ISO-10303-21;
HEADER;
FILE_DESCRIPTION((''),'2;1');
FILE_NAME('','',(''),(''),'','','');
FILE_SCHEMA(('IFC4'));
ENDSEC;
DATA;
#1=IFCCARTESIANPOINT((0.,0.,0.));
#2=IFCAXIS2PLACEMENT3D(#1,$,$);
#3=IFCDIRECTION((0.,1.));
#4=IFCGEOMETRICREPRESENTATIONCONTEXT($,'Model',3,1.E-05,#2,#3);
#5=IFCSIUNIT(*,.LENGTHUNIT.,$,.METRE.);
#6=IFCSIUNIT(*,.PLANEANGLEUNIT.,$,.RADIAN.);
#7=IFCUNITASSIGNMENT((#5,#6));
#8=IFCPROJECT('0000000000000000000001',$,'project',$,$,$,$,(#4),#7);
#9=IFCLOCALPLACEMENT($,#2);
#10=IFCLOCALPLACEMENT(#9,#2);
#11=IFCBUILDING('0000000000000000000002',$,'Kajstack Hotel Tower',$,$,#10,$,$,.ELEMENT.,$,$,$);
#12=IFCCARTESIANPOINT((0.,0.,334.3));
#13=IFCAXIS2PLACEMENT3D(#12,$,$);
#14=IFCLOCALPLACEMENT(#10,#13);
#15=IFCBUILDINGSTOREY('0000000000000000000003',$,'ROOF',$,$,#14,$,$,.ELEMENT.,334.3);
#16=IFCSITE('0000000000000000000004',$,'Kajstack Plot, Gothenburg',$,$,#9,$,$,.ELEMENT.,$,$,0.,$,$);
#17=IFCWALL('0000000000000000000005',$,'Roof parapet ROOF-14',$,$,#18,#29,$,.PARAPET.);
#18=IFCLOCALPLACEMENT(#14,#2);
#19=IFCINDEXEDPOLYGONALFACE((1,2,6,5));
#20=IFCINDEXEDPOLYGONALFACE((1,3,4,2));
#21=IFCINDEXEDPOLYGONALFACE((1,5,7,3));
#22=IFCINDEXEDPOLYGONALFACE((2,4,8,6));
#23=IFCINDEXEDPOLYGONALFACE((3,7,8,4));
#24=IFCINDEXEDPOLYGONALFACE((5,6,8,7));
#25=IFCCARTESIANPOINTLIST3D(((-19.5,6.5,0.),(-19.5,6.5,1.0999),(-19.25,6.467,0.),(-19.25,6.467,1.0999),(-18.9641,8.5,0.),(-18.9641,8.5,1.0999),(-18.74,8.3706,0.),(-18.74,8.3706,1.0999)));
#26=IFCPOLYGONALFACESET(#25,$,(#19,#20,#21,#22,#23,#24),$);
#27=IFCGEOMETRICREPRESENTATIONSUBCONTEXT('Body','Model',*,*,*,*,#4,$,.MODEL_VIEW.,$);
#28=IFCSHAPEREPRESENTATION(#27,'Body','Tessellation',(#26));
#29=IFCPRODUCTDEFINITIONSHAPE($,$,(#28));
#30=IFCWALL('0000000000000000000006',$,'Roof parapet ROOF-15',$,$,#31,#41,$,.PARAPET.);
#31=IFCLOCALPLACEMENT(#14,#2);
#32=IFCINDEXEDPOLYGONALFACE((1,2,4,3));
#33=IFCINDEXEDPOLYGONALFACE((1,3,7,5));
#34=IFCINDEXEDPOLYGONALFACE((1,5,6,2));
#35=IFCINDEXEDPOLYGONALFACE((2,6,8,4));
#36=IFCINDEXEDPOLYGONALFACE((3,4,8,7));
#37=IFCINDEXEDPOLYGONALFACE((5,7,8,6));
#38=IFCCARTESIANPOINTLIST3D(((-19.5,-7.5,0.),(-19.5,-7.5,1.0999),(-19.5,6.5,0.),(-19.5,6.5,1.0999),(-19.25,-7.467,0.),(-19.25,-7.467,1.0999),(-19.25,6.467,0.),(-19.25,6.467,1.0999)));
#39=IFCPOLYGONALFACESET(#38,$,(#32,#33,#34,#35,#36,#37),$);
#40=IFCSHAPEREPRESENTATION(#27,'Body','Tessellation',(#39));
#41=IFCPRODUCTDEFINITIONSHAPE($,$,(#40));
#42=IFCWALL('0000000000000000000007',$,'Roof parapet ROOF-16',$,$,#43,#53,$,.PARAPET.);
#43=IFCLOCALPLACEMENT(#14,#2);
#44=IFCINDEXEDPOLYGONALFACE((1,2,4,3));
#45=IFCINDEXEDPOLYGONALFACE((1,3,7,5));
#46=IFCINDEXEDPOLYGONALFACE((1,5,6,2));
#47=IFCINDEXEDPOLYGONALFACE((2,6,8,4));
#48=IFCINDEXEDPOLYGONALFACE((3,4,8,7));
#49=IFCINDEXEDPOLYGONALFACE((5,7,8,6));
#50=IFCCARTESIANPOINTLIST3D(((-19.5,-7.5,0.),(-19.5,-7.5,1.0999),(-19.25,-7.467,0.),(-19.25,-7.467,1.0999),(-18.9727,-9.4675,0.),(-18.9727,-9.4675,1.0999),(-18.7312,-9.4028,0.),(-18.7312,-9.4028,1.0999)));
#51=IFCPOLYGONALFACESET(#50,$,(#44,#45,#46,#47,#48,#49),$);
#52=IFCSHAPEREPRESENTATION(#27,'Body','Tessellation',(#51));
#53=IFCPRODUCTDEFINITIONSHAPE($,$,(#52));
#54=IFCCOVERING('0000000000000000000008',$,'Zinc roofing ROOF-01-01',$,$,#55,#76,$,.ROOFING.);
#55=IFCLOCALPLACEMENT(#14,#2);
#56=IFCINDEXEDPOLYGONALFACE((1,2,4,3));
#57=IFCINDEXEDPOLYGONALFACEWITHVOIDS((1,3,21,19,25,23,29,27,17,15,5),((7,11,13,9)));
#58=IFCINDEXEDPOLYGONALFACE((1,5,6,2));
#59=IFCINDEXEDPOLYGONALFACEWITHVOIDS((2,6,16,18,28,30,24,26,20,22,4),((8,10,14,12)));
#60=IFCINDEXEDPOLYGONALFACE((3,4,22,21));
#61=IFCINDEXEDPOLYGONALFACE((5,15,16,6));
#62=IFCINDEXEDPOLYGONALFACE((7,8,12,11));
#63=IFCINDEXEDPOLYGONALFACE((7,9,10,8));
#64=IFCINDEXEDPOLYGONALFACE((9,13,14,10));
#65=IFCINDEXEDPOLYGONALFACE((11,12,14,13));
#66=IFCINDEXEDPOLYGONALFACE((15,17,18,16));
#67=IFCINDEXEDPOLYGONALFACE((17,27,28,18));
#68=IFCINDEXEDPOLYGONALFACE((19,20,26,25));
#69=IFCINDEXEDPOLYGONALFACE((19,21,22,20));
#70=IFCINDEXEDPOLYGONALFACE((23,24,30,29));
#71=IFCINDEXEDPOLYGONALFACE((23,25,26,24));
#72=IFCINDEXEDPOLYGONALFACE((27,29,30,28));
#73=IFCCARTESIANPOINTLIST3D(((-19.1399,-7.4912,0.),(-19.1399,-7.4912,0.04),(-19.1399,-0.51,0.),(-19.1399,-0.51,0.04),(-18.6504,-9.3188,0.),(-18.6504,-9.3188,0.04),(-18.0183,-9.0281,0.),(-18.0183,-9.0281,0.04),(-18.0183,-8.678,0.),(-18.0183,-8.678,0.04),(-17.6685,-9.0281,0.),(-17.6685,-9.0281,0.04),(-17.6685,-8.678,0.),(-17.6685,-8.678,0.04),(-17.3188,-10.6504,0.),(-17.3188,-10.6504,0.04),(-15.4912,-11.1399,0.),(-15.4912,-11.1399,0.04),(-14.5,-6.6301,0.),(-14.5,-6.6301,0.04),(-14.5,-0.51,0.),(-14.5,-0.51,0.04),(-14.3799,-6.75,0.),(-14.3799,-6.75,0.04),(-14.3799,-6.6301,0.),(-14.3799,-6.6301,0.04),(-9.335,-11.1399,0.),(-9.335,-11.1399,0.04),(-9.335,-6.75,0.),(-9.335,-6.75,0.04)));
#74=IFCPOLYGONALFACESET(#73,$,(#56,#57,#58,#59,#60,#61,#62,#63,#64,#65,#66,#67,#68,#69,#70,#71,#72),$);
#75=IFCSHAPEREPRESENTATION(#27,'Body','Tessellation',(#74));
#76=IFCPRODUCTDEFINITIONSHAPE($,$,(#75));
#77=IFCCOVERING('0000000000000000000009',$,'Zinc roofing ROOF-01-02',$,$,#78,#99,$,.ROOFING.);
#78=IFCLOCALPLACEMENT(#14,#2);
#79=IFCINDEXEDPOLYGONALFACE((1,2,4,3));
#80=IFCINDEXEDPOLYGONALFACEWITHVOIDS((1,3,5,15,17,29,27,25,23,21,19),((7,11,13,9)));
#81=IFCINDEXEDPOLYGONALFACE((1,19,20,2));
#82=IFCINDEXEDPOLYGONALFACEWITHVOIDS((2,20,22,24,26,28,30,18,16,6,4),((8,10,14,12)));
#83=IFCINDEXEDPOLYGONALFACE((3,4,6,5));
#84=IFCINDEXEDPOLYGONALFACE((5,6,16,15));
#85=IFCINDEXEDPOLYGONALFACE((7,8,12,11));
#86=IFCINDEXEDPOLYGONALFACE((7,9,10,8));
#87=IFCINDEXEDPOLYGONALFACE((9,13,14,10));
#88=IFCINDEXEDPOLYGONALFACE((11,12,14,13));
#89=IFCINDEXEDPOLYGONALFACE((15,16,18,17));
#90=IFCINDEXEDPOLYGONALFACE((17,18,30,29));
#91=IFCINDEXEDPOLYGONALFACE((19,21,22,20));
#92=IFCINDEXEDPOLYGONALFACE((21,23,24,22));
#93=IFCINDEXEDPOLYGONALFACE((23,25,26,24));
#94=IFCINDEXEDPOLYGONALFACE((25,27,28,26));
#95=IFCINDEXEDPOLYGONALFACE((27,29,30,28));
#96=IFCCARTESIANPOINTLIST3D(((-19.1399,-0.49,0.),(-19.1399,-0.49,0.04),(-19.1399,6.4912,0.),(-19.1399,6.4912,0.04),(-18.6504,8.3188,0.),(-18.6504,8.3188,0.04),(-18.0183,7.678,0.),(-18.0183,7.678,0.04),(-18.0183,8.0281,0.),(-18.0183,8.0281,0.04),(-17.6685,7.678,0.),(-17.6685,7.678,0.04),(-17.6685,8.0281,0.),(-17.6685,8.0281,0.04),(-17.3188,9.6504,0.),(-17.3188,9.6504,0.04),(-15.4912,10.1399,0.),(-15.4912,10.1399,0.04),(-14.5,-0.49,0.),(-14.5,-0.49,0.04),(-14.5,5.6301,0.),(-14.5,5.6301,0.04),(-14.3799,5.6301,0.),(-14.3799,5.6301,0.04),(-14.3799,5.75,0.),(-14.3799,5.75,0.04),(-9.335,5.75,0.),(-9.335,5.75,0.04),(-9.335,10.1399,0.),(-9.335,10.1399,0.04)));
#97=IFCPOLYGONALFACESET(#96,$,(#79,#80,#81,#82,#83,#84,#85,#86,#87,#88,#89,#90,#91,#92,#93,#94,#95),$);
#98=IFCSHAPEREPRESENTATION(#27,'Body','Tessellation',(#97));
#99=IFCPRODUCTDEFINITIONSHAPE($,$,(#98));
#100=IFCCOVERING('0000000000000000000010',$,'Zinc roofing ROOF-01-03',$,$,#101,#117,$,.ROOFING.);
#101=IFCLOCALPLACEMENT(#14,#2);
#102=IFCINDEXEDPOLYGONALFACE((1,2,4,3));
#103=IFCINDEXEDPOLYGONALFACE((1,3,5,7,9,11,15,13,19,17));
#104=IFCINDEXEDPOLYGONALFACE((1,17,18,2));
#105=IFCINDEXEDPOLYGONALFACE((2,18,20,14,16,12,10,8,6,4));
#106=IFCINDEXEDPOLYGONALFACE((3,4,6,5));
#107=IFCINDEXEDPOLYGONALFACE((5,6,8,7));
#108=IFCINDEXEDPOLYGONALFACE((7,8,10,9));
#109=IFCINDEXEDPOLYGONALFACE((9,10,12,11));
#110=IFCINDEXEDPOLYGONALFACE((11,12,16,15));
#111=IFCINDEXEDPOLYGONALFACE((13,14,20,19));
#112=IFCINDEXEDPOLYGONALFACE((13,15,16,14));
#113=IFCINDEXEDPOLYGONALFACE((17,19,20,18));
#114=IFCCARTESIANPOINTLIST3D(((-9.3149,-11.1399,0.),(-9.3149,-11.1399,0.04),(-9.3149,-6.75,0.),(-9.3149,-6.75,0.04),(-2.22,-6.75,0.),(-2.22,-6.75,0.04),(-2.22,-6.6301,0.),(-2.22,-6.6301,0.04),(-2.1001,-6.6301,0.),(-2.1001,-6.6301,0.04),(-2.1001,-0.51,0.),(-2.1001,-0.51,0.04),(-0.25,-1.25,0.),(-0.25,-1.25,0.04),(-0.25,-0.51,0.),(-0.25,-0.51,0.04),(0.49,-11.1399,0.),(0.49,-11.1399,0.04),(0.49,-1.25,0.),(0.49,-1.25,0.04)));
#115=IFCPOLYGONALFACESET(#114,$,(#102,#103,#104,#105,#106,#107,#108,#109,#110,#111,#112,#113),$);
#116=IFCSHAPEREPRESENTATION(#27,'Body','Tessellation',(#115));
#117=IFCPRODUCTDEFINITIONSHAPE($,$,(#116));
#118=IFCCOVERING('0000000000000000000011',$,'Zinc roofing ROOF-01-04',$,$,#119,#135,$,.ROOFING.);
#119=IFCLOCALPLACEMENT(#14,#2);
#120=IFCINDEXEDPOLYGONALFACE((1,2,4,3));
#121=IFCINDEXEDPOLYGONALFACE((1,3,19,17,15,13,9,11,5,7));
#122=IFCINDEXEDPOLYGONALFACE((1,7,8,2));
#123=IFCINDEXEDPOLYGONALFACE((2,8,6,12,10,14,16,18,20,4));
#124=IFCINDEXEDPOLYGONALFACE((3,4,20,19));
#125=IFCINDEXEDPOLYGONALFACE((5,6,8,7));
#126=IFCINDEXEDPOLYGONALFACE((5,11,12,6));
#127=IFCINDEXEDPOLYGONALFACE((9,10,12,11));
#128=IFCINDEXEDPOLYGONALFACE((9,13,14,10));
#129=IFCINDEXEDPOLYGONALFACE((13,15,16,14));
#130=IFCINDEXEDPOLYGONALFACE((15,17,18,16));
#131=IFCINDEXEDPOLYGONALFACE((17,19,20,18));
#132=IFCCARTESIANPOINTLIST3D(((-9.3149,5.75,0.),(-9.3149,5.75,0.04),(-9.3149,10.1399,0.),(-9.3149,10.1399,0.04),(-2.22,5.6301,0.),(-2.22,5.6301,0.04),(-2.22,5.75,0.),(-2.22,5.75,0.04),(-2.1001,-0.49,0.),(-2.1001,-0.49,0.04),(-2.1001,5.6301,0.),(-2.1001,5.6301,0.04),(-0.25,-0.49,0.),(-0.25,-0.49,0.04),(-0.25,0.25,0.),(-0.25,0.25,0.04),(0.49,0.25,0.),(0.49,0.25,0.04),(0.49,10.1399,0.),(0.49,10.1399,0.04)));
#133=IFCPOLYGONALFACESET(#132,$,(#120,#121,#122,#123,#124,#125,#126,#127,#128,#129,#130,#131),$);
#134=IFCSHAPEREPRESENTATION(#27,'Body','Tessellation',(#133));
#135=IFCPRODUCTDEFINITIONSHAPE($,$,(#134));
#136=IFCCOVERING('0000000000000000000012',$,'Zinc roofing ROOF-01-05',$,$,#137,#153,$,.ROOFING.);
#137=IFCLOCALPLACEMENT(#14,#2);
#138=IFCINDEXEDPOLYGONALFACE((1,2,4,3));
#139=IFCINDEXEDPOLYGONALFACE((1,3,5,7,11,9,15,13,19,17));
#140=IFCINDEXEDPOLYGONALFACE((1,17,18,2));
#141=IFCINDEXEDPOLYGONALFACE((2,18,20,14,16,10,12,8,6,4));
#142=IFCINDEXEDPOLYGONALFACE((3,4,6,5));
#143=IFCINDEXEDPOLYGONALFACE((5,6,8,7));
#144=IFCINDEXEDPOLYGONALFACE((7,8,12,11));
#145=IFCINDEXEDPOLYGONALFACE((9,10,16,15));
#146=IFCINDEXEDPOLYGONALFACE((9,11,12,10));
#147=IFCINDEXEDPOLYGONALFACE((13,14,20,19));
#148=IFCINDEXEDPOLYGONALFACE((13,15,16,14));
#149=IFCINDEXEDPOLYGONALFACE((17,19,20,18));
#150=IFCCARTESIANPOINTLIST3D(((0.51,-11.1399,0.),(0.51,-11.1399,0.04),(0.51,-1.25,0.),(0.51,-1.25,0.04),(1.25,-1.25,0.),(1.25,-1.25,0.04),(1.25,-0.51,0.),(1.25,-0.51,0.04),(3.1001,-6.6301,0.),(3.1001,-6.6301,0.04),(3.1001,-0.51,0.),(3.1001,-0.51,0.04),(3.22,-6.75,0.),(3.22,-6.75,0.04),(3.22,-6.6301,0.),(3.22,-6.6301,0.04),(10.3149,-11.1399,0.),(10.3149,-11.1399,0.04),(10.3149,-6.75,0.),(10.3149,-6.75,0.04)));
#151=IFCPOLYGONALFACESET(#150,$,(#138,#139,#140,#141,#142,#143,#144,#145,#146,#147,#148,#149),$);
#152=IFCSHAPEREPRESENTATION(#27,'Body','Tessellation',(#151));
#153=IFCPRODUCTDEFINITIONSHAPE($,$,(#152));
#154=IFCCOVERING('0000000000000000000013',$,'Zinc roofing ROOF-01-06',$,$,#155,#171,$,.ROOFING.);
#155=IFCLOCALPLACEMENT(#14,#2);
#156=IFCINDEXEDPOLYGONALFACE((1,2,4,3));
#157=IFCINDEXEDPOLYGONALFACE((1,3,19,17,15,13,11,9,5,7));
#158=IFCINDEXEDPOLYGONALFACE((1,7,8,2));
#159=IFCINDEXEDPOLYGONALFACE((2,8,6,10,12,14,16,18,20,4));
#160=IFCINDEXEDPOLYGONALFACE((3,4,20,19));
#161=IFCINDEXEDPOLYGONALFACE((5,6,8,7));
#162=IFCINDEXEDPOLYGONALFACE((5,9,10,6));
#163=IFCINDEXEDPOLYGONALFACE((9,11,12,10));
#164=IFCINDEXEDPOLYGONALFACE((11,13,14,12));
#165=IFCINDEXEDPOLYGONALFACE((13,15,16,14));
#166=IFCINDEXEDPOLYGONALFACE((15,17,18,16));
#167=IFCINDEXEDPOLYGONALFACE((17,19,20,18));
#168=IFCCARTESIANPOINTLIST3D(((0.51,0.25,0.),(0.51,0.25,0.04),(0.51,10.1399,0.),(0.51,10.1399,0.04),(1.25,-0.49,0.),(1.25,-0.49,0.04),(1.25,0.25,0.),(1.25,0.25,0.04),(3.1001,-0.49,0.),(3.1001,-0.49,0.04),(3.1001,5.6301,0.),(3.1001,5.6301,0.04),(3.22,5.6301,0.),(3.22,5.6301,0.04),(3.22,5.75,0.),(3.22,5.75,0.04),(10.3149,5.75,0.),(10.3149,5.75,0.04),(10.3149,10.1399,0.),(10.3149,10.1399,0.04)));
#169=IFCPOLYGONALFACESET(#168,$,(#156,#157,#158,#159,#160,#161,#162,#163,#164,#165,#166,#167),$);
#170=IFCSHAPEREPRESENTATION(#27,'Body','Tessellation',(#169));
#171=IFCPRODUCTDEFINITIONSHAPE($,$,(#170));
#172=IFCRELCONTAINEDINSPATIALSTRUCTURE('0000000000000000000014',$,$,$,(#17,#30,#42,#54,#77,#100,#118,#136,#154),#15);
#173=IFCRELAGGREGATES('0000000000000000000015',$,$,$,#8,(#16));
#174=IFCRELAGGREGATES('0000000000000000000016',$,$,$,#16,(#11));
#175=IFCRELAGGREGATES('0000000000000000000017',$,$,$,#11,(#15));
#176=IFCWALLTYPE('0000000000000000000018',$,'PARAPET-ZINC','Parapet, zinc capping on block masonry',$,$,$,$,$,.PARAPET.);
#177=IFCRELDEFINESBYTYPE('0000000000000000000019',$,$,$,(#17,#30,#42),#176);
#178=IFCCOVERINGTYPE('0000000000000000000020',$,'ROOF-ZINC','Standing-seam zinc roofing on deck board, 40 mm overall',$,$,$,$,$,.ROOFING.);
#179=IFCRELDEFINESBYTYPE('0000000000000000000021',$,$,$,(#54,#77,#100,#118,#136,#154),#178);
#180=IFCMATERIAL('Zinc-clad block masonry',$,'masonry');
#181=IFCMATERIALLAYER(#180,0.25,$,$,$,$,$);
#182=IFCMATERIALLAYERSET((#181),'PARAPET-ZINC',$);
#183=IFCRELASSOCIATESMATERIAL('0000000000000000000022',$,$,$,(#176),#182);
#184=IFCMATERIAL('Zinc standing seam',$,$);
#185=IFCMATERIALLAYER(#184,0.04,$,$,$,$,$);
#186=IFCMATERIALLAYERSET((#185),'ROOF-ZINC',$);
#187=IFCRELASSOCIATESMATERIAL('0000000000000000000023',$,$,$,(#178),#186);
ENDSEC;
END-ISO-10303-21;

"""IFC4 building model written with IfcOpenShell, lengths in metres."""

from ifc_helpers import new_model, si_unit, direction, frame, origin, place, context, subcontext, project, spatial, polyline, outline, extrude, material, layer, layer_set, type_object, element, save


model = new_model("IFC4")

# Units and contexts
model_context = context("Model", 3, precision=1e-05, world=origin(), true_north=direction((0.0, 1.0)))
body_context = subcontext(model_context, "Body", "Model", "MODEL_VIEW")
ifc_project = project(units=[si_unit("LENGTHUNIT", "METRE"), si_unit("PLANEANGLEUNIT", "RADIAN")], contexts=[model_context])

# Site, building, storey
site_placement = place(None, origin())
site = spatial("IfcSite", under=ifc_project, at=site_placement, Name="Kajstack Plot, Gothenburg", CompositionType="ELEMENT", RefElevation=0.0)
building_placement = place(site_placement, origin())
building = spatial("IfcBuilding", under=site, at=building_placement, Name="Kajstack Hotel Tower", CompositionType="ELEMENT")
storey_placement = place(building_placement, frame((0.0, 0.0, 334.3)))
storey = spatial("IfcBuildingStorey", under=building, at=storey_placement, Name="ROOF", CompositionType="ELEMENT", Elevation=334.3)

# Walls
ifc_material_1 = material(Name="Zinc-clad block masonry", Category="masonry")
ifc_layer_1 = layer(ifc_material_1, 0.25)
ifc_layer_set_1 = layer_set([ifc_layer_1], Name="PARAPET-ZINC")
wall_type = type_object("IfcWallType", Name="PARAPET-ZINC", Description="Parapet, zinc capping on block masonry", PredefinedType="PARAPET", material=ifc_layer_set_1)
wall_1_placement = place(storey_placement, origin())
element("IfcWall", 1, at=wall_1_placement, inside=storey, type_object=wall_type, Name="Roof parapet ROOF-14", PredefinedType="PARAPET", context=body_context, shape_type="SweptSolid", body=[
    extrude(outline(polyline([(-18.74, 8.3706), (-19.25, 6.467), (-19.5, 6.5), (-18.9641, 8.5), (-18.74, 8.3706)])), origin(), (0.0, 0.0, 1.0), 1.0999),
])
wall_2_placement = place(storey_placement, origin())
element("IfcWall", 2, at=wall_2_placement, inside=storey, type_object=wall_type, Name="Roof parapet ROOF-15", PredefinedType="PARAPET", context=body_context, shape_type="SweptSolid", body=[
    extrude(outline(polyline([(-19.25, 6.467), (-19.25, -7.467), (-19.5, -7.5), (-19.5, 6.5), (-19.25, 6.467)])), origin(), (0.0, 0.0, 1.0), 1.0999),
])
wall_3_placement = place(storey_placement, origin())
element("IfcWall", 3, at=wall_3_placement, inside=storey, type_object=wall_type, Name="Roof parapet ROOF-16", PredefinedType="PARAPET", context=body_context, shape_type="SweptSolid", body=[
    extrude(outline(polyline([(-19.25, -7.467), (-18.7312, -9.4028), (-18.9727, -9.4675), (-19.5, -7.5), (-19.25, -7.467)])), origin(), (0.0, 0.0, 1.0), 1.0999),
])

# Coverings
ifc_material_2 = material(Name="Zinc standing seam")
ifc_layer_2 = layer(ifc_material_2, 0.04)
ifc_layer_set_2 = layer_set([ifc_layer_2], Name="ROOF-ZINC")
covering_type = type_object("IfcCoveringType", Name="ROOF-ZINC", Description="Standing-seam zinc roofing on deck board, 40 mm overall", PredefinedType="ROOFING", material=ifc_layer_set_2)
covering_1_placement = place(storey_placement, origin())
element("IfcCovering", 4, at=covering_1_placement, inside=storey, type_object=covering_type, Name="Zinc roofing ROOF-01-01", PredefinedType="ROOFING", context=body_context, shape_type="SweptSolid", body=[
    extrude(outline(polyline([(-15.4912, -11.1399), (-9.335, -11.1399), (-9.335, -6.75), (-14.3799, -6.75), (-14.3799, -6.6301), (-14.5, -6.6301), (-14.5, -0.51), (-19.1399, -0.51), (-19.1399, -7.4912), (-18.6504, -9.3188), (-17.3188, -10.6504), (-15.4912, -11.1399)]), holes=[polyline([(-18.0183, -9.0281), (-18.0183, -8.678), (-17.6685, -8.678), (-17.6685, -9.0281), (-18.0183, -9.0281)])]), origin(), (0.0, 0.0, 1.0), 0.04),
])
covering_2_placement = place(storey_placement, origin())
element("IfcCovering", 5, at=covering_2_placement, inside=storey, type_object=covering_type, Name="Zinc roofing ROOF-01-02", PredefinedType="ROOFING", context=body_context, shape_type="SweptSolid", body=[
    extrude(outline(polyline([(-19.1399, 6.4912), (-19.1399, -0.49), (-14.5, -0.49), (-14.5, 5.6301), (-14.3799, 5.6301), (-14.3799, 5.75), (-9.335, 5.75), (-9.335, 10.1399), (-15.4912, 10.1399), (-17.3188, 9.6504), (-18.6504, 8.3188), (-19.1399, 6.4912)]), holes=[polyline([(-18.0183, 7.678), (-18.0183, 8.0281), (-17.6685, 8.0281), (-17.6685, 7.678), (-18.0183, 7.678)])]), origin(), (0.0, 0.0, 1.0), 0.04),
])
covering_3_placement = place(storey_placement, origin())
element("IfcCovering", 6, at=covering_3_placement, inside=storey, type_object=covering_type, Name="Zinc roofing ROOF-01-03", PredefinedType="ROOFING", context=body_context, shape_type="SweptSolid", body=[
    extrude(outline(polyline([(-0.25, -1.25), (-0.25, -0.51), (-2.1001, -0.51), (-2.1001, -6.6301), (-2.22, -6.6301), (-2.22, -6.75), (-9.3149, -6.75), (-9.3149, -11.1399), (0.49, -11.1399), (0.49, -1.25), (-0.25, -1.25)])), origin(), (0.0, 0.0, 1.0), 0.04),
])
covering_4_placement = place(storey_placement, origin())
element("IfcCovering", 7, at=covering_4_placement, inside=storey, type_object=covering_type, Name="Zinc roofing ROOF-01-04", PredefinedType="ROOFING", context=body_context, shape_type="SweptSolid", body=[
    extrude(outline(polyline([(0.49, 0.25), (0.49, 10.1399), (-9.3149, 10.1399), (-9.3149, 5.75), (-2.22, 5.75), (-2.22, 5.6301), (-2.1001, 5.6301), (-2.1001, -0.49), (-0.25, -0.49), (-0.25, 0.25), (0.49, 0.25)])), origin(), (0.0, 0.0, 1.0), 0.04),
])
covering_5_placement = place(storey_placement, origin())
element("IfcCovering", 8, at=covering_5_placement, inside=storey, type_object=covering_type, Name="Zinc roofing ROOF-01-05", PredefinedType="ROOFING", context=body_context, shape_type="SweptSolid", body=[
    extrude(outline(polyline([(3.1001, -6.6301), (3.1001, -0.51), (1.25, -0.51), (1.25, -1.25), (0.51, -1.25), (0.51, -11.1399), (10.3149, -11.1399), (10.3149, -6.75), (3.22, -6.75), (3.22, -6.6301), (3.1001, -6.6301)])), origin(), (0.0, 0.0, 1.0), 0.04),
])
covering_6_placement = place(storey_placement, origin())
element("IfcCovering", 9, at=covering_6_placement, inside=storey, type_object=covering_type, Name="Zinc roofing ROOF-01-06", PredefinedType="ROOFING", context=body_context, shape_type="SweptSolid", body=[
    extrude(outline(polyline([(10.3149, 5.75), (10.3149, 10.1399), (0.51, 10.1399), (0.51, 0.25), (1.25, 0.25), (1.25, -0.49), (3.1001, -0.49), (3.1001, 5.6301), (3.22, 5.6301), (3.22, 5.75), (10.3149, 5.75)])), origin(), (0.0, 0.0, 1.0), 0.04),
])

save(model, "model.ifc")
